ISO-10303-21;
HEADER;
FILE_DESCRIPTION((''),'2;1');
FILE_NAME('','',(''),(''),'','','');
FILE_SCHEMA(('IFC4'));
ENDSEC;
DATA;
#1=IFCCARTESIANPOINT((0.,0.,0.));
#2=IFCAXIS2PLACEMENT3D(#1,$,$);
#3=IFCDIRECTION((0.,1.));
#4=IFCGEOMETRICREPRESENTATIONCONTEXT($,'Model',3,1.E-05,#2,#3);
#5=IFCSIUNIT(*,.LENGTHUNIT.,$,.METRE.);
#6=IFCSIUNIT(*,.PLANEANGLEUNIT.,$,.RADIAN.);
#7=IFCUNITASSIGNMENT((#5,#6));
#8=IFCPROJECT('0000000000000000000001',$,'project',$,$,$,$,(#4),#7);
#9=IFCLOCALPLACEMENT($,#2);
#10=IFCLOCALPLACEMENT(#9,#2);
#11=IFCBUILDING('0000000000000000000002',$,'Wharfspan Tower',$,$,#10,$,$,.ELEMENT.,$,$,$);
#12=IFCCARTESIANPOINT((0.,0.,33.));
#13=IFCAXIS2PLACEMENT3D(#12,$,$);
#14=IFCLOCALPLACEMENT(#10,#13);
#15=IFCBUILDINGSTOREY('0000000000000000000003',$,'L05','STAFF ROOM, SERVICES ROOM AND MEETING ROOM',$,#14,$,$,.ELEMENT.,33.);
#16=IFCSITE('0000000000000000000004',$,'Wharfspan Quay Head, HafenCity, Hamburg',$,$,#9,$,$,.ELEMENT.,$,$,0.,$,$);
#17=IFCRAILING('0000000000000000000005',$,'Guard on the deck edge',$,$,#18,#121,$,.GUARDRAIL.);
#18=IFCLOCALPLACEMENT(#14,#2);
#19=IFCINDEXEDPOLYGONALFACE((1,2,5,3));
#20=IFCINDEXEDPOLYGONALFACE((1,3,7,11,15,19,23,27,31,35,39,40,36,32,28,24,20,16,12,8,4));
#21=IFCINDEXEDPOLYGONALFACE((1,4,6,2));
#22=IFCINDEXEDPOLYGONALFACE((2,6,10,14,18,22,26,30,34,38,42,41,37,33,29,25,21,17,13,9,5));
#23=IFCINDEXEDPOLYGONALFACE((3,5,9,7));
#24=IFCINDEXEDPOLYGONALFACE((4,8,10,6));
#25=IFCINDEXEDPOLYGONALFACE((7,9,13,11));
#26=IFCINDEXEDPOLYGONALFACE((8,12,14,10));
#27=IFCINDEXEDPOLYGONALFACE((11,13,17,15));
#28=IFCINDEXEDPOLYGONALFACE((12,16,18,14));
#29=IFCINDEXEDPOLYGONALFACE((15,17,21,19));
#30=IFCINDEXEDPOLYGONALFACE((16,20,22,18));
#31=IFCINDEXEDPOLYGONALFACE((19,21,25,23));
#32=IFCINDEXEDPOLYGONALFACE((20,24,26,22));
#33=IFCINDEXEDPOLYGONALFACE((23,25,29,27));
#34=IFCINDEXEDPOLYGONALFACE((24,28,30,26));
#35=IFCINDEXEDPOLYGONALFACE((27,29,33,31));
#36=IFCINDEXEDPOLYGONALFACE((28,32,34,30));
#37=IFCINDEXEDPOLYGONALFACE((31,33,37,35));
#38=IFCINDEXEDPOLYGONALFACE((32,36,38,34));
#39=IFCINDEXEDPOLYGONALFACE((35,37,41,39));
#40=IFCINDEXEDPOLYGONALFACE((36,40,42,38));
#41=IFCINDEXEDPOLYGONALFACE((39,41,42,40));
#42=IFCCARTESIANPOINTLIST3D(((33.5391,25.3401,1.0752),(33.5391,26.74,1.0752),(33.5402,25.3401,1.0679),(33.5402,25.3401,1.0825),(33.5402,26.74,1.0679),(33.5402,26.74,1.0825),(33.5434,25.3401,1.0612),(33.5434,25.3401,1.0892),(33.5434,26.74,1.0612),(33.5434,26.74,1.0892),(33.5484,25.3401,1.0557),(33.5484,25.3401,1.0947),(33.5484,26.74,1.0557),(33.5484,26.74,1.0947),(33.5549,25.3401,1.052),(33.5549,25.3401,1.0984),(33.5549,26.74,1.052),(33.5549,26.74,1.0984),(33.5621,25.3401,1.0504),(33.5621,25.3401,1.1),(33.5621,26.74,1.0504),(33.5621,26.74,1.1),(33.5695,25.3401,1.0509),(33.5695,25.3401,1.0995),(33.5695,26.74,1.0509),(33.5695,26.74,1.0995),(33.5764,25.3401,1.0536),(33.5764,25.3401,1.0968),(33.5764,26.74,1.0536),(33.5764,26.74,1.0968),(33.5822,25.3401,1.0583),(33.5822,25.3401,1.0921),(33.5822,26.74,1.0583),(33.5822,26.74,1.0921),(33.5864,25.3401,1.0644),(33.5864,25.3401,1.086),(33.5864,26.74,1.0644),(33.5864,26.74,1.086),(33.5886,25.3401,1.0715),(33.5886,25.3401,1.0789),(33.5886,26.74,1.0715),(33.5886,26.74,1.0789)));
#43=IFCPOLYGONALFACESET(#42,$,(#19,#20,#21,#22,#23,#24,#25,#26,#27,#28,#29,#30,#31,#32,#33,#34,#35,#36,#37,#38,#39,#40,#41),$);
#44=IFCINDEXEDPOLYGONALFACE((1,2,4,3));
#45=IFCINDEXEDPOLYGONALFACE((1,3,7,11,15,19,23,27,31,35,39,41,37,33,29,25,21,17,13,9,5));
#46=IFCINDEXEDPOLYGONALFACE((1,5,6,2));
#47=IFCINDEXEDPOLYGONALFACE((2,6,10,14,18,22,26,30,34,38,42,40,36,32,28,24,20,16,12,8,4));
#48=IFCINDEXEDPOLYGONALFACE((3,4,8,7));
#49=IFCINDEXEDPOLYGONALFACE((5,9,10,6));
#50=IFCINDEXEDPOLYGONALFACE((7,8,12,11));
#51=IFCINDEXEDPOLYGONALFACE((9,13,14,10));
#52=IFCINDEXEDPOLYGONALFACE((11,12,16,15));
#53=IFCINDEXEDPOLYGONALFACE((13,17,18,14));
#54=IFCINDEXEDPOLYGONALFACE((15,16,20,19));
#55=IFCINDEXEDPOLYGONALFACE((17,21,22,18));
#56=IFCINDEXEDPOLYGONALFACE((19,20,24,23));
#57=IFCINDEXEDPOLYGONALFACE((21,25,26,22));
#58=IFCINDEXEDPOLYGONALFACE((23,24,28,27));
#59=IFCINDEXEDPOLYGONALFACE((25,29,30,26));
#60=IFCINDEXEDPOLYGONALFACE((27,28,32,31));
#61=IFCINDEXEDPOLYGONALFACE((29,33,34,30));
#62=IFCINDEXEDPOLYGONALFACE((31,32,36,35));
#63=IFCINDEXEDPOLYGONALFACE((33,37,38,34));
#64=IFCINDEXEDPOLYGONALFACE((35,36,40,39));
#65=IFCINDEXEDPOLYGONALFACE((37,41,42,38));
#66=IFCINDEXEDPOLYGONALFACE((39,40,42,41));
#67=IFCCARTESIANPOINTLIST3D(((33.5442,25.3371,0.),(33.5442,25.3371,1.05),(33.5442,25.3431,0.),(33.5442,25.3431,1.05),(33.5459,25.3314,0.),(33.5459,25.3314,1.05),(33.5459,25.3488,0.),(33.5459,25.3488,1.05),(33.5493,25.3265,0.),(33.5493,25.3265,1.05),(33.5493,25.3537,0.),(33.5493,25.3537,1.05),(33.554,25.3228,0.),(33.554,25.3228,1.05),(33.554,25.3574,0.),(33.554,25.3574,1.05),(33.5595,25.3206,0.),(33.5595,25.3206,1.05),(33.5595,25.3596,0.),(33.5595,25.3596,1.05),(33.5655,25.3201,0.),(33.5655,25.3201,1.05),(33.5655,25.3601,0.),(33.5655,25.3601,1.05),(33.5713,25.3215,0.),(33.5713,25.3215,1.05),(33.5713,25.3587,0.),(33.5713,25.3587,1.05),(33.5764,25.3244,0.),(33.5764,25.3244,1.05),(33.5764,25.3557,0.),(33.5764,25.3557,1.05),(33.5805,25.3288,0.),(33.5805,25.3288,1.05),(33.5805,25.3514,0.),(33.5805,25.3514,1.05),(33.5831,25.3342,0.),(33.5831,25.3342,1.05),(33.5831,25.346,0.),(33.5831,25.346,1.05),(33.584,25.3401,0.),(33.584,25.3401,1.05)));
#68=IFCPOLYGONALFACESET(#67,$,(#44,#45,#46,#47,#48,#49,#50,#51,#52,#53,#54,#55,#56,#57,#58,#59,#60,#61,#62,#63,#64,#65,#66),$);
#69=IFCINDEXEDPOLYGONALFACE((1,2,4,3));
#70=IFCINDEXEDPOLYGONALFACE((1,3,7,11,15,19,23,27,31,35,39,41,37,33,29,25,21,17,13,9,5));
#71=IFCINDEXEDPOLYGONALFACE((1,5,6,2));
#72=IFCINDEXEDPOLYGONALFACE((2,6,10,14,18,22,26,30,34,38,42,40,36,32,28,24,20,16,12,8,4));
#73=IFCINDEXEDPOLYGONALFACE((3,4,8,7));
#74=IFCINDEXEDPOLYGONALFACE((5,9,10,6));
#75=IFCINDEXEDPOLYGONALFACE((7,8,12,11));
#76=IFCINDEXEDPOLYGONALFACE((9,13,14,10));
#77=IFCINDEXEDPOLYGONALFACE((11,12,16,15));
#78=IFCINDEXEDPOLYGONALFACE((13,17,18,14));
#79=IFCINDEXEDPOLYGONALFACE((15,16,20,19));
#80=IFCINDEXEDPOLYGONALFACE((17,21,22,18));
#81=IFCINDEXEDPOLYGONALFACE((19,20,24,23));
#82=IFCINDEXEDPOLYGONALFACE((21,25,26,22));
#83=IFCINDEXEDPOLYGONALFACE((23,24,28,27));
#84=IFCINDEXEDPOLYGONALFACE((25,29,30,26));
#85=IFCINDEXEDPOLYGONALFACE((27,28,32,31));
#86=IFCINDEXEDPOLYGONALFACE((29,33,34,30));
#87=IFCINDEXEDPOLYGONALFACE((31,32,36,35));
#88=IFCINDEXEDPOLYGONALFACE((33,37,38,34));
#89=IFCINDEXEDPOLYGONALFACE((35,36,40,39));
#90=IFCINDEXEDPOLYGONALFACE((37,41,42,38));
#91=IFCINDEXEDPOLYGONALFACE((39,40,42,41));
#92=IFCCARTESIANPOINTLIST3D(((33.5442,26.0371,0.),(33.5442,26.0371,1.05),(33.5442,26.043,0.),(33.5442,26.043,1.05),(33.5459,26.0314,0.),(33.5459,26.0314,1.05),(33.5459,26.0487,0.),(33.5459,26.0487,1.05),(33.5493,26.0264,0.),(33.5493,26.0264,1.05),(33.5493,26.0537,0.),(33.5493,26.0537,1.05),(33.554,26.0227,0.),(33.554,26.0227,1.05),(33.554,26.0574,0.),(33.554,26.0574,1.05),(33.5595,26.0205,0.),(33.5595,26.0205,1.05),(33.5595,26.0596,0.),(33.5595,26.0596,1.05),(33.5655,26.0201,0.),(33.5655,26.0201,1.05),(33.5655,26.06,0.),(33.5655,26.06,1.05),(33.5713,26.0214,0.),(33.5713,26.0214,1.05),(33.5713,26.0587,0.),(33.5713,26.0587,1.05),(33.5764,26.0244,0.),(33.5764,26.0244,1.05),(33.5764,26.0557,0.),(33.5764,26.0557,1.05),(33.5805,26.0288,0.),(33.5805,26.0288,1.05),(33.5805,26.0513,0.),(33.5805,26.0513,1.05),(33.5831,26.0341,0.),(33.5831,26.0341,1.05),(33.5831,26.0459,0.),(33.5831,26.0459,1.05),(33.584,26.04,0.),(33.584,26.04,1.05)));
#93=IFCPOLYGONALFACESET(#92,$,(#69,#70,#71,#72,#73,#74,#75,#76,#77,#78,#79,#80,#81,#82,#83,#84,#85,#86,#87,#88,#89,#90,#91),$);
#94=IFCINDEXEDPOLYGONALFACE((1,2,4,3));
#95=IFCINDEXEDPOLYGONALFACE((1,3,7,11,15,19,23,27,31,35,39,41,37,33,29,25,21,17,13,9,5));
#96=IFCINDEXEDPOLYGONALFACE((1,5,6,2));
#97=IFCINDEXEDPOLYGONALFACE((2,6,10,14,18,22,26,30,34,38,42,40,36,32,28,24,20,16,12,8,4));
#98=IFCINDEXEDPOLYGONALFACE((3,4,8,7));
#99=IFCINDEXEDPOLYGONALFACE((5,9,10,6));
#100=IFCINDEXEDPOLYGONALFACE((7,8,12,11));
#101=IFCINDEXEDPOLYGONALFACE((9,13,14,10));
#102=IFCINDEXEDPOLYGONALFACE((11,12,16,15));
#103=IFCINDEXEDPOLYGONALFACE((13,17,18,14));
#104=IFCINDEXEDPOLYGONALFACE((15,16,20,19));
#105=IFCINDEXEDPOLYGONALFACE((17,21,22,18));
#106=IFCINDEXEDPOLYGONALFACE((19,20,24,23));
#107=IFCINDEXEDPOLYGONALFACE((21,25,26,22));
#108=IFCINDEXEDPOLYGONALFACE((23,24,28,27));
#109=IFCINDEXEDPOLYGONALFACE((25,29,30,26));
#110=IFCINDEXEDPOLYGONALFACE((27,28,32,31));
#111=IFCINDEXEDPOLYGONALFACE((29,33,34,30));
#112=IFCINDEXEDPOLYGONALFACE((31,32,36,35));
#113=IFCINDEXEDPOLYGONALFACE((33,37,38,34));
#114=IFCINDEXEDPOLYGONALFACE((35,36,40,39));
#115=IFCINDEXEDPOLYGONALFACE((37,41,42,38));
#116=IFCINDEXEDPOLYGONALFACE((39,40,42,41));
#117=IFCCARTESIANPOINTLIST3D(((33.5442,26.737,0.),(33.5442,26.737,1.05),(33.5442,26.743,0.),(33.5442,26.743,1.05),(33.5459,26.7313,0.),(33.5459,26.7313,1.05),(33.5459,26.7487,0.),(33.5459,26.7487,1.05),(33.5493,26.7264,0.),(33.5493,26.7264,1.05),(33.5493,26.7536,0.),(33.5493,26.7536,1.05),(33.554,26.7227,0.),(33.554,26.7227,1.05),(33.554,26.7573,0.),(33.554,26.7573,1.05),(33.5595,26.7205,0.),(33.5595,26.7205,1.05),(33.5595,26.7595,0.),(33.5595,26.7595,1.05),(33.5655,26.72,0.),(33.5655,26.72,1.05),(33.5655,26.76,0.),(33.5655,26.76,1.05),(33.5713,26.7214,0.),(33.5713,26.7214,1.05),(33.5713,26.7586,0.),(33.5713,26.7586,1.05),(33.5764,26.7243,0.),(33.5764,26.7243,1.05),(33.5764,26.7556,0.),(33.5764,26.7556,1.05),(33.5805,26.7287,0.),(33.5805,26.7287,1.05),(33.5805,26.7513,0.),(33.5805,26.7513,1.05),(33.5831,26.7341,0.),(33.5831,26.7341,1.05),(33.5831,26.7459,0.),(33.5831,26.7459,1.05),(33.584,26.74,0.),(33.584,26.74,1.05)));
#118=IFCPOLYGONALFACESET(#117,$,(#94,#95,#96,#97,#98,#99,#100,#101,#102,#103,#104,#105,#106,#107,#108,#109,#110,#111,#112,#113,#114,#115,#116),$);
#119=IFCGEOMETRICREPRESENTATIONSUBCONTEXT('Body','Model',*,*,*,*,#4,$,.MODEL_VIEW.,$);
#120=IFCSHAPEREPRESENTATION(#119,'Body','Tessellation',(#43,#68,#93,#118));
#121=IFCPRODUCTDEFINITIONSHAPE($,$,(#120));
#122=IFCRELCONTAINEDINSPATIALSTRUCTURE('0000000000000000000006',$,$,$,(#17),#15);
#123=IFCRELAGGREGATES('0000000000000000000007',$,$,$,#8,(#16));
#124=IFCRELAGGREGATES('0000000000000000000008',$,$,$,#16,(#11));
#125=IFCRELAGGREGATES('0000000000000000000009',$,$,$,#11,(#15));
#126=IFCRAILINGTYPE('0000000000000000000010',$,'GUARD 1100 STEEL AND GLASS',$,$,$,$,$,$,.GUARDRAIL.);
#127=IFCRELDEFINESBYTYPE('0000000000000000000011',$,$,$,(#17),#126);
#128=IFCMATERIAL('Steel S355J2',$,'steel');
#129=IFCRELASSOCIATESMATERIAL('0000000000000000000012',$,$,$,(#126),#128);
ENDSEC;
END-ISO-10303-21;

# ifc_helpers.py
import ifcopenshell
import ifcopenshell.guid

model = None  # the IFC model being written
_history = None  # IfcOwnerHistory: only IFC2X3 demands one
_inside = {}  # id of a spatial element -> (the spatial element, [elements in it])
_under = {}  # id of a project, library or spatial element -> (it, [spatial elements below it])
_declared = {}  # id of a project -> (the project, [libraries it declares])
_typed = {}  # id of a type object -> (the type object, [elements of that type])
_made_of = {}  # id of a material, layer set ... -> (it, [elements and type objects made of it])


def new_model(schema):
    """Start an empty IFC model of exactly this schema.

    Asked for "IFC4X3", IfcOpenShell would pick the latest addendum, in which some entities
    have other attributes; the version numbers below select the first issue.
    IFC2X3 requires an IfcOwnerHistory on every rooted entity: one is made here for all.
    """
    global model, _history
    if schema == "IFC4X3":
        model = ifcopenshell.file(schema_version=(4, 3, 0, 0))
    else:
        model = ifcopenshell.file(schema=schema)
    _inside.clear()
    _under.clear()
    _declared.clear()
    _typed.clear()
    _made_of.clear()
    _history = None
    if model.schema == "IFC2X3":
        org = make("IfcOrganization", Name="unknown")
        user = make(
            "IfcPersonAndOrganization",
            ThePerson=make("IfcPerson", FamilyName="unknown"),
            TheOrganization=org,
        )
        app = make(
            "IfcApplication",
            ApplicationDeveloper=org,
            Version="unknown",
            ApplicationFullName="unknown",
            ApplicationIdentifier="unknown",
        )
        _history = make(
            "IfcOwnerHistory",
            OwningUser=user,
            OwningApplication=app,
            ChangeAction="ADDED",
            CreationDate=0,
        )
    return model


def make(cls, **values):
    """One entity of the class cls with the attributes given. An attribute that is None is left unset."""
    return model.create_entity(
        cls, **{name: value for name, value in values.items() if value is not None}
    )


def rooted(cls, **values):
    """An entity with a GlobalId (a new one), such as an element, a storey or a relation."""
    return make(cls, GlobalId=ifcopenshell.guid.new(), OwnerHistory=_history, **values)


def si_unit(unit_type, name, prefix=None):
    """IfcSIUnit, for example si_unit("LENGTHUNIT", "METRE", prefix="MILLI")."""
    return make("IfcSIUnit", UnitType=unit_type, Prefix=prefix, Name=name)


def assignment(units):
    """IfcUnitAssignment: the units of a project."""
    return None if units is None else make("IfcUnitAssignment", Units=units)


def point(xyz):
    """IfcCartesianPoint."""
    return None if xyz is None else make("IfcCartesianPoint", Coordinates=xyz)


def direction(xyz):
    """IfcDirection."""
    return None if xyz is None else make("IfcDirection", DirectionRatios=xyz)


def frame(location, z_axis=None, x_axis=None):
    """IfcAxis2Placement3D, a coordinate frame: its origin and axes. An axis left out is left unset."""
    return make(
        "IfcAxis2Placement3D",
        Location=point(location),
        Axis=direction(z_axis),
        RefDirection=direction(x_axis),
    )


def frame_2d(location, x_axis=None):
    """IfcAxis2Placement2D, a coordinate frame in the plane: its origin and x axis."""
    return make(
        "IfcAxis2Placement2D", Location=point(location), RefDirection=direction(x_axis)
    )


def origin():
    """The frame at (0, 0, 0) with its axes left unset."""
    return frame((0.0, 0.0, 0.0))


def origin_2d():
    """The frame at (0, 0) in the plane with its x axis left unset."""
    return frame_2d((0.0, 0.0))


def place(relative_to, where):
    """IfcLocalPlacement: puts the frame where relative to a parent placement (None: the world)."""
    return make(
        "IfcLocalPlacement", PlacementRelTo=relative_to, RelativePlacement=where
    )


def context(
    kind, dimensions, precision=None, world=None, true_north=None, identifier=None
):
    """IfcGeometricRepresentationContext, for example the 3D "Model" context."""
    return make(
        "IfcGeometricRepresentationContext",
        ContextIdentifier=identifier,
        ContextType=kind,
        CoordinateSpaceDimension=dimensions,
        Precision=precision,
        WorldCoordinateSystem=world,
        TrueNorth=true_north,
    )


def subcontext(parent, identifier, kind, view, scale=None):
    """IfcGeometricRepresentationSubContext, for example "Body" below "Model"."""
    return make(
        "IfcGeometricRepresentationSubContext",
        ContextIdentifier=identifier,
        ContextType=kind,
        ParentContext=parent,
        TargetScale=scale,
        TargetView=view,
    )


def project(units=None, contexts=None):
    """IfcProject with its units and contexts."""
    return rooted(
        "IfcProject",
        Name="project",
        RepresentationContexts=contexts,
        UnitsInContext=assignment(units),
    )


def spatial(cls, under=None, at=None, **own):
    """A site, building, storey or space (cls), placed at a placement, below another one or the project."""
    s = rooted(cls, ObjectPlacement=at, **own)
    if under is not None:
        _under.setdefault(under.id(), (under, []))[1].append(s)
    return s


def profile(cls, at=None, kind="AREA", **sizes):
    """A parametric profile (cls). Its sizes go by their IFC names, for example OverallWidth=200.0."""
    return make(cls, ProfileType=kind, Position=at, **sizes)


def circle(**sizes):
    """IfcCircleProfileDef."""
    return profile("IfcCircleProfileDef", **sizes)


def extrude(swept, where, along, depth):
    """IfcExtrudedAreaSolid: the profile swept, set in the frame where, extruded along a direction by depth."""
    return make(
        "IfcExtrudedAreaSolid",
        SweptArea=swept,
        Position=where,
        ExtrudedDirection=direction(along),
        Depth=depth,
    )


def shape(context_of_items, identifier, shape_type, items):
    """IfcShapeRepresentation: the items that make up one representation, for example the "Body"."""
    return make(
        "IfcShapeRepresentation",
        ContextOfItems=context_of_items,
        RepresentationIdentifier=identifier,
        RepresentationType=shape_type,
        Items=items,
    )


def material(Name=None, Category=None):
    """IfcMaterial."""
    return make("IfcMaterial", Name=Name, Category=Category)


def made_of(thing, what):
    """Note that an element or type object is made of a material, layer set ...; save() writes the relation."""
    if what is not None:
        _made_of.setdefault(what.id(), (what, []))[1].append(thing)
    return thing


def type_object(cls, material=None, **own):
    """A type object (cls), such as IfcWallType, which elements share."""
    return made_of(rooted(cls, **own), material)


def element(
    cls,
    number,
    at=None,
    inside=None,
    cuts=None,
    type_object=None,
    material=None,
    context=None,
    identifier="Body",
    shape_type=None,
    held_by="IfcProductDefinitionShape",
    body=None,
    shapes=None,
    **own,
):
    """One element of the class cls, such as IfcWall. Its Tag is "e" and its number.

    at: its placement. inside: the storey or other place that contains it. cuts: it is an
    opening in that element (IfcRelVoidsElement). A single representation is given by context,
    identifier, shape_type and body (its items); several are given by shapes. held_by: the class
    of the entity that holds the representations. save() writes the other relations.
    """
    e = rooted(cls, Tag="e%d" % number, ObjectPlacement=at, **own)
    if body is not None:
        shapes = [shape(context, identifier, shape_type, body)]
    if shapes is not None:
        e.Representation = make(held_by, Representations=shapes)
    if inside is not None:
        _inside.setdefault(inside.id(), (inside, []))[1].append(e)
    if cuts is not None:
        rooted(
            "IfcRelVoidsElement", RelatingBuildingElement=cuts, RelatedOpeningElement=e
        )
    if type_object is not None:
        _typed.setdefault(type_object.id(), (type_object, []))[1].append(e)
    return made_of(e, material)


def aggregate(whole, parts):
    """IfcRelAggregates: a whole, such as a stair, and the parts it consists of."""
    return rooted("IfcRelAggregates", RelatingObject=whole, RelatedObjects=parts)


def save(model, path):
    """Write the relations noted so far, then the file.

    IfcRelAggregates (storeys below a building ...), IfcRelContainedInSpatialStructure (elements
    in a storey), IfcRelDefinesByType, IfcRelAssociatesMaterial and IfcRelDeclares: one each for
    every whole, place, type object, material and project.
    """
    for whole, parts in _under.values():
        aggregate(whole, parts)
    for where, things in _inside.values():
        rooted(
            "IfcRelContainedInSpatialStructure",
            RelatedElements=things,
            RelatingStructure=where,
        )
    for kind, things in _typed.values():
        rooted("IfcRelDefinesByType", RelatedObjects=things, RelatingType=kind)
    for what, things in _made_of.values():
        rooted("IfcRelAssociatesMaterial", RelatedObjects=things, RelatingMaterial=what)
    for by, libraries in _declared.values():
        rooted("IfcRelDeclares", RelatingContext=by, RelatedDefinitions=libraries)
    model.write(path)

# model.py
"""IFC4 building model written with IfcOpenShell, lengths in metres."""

from ifc_helpers import new_model, si_unit, direction, frame, origin, origin_2d, place, context, subcontext, project, spatial, circle, extrude, material, type_object, element, save


model = new_model("IFC4")

# Units and contexts
model_context = context("Model", 3, precision=1e-05, world=origin(), true_north=direction((0.0, 1.0)))
body_context = subcontext(model_context, "Body", "Model", "MODEL_VIEW")
ifc_project = project(units=[si_unit("LENGTHUNIT", "METRE"), si_unit("PLANEANGLEUNIT", "RADIAN")], contexts=[model_context])

# Site, building, storey
site_placement = place(None, origin())
site = spatial("IfcSite", under=ifc_project, at=site_placement, Name="Wharfspan Quay Head, HafenCity, Hamburg", CompositionType="ELEMENT", RefElevation=0.0)
building_placement = place(site_placement, origin())
building = spatial("IfcBuilding", under=site, at=building_placement, Name="Wharfspan Tower", CompositionType="ELEMENT")
storey_placement = place(building_placement, frame((0.0, 0.0, 33.0)))
storey = spatial("IfcBuildingStorey", under=building, at=storey_placement, Name="L05", Description="STAFF ROOM, SERVICES ROOM AND MEETING ROOM", CompositionType="ELEMENT", Elevation=33.0)

# Railing
ifc_material_1 = material(Name="Steel S355J2", Category="steel")
railing_type = type_object("IfcRailingType", Name="GUARD 1100 STEEL AND GLASS", PredefinedType="GUARDRAIL", material=ifc_material_1)
railing_1_placement = place(storey_placement, frame((33.564, 25.3401, 0.0)))
element("IfcRailing", 1, at=railing_1_placement, inside=storey, type_object=railing_type, Name="Guard on the deck edge", PredefinedType="GUARDRAIL", context=body_context, shape_type="SweptSolid", body=[
    extrude(circle(Radius=0.0249, at=origin_2d()), frame((0.0, 0.0, 1.0752), z_axis=(0.0, 1.0, 0.0), x_axis=(-1.0, 0.0, 0.0)), (0.0, 0.0, 1.0), 1.3999),
    extrude(circle(Radius=0.02, at=origin_2d()), origin(), (0.0, 0.0, 1.0), 1.05),
    extrude(circle(Radius=0.02, at=origin_2d()), frame((0.0, 0.7, 0.0)), (0.0, 0.0, 1.0), 1.05),
    extrude(circle(Radius=0.02, at=origin_2d()), frame((0.0, 1.3999, 0.0)), (0.0, 0.0, 1.0), 1.05),
])

save(model, "model.ifc")
